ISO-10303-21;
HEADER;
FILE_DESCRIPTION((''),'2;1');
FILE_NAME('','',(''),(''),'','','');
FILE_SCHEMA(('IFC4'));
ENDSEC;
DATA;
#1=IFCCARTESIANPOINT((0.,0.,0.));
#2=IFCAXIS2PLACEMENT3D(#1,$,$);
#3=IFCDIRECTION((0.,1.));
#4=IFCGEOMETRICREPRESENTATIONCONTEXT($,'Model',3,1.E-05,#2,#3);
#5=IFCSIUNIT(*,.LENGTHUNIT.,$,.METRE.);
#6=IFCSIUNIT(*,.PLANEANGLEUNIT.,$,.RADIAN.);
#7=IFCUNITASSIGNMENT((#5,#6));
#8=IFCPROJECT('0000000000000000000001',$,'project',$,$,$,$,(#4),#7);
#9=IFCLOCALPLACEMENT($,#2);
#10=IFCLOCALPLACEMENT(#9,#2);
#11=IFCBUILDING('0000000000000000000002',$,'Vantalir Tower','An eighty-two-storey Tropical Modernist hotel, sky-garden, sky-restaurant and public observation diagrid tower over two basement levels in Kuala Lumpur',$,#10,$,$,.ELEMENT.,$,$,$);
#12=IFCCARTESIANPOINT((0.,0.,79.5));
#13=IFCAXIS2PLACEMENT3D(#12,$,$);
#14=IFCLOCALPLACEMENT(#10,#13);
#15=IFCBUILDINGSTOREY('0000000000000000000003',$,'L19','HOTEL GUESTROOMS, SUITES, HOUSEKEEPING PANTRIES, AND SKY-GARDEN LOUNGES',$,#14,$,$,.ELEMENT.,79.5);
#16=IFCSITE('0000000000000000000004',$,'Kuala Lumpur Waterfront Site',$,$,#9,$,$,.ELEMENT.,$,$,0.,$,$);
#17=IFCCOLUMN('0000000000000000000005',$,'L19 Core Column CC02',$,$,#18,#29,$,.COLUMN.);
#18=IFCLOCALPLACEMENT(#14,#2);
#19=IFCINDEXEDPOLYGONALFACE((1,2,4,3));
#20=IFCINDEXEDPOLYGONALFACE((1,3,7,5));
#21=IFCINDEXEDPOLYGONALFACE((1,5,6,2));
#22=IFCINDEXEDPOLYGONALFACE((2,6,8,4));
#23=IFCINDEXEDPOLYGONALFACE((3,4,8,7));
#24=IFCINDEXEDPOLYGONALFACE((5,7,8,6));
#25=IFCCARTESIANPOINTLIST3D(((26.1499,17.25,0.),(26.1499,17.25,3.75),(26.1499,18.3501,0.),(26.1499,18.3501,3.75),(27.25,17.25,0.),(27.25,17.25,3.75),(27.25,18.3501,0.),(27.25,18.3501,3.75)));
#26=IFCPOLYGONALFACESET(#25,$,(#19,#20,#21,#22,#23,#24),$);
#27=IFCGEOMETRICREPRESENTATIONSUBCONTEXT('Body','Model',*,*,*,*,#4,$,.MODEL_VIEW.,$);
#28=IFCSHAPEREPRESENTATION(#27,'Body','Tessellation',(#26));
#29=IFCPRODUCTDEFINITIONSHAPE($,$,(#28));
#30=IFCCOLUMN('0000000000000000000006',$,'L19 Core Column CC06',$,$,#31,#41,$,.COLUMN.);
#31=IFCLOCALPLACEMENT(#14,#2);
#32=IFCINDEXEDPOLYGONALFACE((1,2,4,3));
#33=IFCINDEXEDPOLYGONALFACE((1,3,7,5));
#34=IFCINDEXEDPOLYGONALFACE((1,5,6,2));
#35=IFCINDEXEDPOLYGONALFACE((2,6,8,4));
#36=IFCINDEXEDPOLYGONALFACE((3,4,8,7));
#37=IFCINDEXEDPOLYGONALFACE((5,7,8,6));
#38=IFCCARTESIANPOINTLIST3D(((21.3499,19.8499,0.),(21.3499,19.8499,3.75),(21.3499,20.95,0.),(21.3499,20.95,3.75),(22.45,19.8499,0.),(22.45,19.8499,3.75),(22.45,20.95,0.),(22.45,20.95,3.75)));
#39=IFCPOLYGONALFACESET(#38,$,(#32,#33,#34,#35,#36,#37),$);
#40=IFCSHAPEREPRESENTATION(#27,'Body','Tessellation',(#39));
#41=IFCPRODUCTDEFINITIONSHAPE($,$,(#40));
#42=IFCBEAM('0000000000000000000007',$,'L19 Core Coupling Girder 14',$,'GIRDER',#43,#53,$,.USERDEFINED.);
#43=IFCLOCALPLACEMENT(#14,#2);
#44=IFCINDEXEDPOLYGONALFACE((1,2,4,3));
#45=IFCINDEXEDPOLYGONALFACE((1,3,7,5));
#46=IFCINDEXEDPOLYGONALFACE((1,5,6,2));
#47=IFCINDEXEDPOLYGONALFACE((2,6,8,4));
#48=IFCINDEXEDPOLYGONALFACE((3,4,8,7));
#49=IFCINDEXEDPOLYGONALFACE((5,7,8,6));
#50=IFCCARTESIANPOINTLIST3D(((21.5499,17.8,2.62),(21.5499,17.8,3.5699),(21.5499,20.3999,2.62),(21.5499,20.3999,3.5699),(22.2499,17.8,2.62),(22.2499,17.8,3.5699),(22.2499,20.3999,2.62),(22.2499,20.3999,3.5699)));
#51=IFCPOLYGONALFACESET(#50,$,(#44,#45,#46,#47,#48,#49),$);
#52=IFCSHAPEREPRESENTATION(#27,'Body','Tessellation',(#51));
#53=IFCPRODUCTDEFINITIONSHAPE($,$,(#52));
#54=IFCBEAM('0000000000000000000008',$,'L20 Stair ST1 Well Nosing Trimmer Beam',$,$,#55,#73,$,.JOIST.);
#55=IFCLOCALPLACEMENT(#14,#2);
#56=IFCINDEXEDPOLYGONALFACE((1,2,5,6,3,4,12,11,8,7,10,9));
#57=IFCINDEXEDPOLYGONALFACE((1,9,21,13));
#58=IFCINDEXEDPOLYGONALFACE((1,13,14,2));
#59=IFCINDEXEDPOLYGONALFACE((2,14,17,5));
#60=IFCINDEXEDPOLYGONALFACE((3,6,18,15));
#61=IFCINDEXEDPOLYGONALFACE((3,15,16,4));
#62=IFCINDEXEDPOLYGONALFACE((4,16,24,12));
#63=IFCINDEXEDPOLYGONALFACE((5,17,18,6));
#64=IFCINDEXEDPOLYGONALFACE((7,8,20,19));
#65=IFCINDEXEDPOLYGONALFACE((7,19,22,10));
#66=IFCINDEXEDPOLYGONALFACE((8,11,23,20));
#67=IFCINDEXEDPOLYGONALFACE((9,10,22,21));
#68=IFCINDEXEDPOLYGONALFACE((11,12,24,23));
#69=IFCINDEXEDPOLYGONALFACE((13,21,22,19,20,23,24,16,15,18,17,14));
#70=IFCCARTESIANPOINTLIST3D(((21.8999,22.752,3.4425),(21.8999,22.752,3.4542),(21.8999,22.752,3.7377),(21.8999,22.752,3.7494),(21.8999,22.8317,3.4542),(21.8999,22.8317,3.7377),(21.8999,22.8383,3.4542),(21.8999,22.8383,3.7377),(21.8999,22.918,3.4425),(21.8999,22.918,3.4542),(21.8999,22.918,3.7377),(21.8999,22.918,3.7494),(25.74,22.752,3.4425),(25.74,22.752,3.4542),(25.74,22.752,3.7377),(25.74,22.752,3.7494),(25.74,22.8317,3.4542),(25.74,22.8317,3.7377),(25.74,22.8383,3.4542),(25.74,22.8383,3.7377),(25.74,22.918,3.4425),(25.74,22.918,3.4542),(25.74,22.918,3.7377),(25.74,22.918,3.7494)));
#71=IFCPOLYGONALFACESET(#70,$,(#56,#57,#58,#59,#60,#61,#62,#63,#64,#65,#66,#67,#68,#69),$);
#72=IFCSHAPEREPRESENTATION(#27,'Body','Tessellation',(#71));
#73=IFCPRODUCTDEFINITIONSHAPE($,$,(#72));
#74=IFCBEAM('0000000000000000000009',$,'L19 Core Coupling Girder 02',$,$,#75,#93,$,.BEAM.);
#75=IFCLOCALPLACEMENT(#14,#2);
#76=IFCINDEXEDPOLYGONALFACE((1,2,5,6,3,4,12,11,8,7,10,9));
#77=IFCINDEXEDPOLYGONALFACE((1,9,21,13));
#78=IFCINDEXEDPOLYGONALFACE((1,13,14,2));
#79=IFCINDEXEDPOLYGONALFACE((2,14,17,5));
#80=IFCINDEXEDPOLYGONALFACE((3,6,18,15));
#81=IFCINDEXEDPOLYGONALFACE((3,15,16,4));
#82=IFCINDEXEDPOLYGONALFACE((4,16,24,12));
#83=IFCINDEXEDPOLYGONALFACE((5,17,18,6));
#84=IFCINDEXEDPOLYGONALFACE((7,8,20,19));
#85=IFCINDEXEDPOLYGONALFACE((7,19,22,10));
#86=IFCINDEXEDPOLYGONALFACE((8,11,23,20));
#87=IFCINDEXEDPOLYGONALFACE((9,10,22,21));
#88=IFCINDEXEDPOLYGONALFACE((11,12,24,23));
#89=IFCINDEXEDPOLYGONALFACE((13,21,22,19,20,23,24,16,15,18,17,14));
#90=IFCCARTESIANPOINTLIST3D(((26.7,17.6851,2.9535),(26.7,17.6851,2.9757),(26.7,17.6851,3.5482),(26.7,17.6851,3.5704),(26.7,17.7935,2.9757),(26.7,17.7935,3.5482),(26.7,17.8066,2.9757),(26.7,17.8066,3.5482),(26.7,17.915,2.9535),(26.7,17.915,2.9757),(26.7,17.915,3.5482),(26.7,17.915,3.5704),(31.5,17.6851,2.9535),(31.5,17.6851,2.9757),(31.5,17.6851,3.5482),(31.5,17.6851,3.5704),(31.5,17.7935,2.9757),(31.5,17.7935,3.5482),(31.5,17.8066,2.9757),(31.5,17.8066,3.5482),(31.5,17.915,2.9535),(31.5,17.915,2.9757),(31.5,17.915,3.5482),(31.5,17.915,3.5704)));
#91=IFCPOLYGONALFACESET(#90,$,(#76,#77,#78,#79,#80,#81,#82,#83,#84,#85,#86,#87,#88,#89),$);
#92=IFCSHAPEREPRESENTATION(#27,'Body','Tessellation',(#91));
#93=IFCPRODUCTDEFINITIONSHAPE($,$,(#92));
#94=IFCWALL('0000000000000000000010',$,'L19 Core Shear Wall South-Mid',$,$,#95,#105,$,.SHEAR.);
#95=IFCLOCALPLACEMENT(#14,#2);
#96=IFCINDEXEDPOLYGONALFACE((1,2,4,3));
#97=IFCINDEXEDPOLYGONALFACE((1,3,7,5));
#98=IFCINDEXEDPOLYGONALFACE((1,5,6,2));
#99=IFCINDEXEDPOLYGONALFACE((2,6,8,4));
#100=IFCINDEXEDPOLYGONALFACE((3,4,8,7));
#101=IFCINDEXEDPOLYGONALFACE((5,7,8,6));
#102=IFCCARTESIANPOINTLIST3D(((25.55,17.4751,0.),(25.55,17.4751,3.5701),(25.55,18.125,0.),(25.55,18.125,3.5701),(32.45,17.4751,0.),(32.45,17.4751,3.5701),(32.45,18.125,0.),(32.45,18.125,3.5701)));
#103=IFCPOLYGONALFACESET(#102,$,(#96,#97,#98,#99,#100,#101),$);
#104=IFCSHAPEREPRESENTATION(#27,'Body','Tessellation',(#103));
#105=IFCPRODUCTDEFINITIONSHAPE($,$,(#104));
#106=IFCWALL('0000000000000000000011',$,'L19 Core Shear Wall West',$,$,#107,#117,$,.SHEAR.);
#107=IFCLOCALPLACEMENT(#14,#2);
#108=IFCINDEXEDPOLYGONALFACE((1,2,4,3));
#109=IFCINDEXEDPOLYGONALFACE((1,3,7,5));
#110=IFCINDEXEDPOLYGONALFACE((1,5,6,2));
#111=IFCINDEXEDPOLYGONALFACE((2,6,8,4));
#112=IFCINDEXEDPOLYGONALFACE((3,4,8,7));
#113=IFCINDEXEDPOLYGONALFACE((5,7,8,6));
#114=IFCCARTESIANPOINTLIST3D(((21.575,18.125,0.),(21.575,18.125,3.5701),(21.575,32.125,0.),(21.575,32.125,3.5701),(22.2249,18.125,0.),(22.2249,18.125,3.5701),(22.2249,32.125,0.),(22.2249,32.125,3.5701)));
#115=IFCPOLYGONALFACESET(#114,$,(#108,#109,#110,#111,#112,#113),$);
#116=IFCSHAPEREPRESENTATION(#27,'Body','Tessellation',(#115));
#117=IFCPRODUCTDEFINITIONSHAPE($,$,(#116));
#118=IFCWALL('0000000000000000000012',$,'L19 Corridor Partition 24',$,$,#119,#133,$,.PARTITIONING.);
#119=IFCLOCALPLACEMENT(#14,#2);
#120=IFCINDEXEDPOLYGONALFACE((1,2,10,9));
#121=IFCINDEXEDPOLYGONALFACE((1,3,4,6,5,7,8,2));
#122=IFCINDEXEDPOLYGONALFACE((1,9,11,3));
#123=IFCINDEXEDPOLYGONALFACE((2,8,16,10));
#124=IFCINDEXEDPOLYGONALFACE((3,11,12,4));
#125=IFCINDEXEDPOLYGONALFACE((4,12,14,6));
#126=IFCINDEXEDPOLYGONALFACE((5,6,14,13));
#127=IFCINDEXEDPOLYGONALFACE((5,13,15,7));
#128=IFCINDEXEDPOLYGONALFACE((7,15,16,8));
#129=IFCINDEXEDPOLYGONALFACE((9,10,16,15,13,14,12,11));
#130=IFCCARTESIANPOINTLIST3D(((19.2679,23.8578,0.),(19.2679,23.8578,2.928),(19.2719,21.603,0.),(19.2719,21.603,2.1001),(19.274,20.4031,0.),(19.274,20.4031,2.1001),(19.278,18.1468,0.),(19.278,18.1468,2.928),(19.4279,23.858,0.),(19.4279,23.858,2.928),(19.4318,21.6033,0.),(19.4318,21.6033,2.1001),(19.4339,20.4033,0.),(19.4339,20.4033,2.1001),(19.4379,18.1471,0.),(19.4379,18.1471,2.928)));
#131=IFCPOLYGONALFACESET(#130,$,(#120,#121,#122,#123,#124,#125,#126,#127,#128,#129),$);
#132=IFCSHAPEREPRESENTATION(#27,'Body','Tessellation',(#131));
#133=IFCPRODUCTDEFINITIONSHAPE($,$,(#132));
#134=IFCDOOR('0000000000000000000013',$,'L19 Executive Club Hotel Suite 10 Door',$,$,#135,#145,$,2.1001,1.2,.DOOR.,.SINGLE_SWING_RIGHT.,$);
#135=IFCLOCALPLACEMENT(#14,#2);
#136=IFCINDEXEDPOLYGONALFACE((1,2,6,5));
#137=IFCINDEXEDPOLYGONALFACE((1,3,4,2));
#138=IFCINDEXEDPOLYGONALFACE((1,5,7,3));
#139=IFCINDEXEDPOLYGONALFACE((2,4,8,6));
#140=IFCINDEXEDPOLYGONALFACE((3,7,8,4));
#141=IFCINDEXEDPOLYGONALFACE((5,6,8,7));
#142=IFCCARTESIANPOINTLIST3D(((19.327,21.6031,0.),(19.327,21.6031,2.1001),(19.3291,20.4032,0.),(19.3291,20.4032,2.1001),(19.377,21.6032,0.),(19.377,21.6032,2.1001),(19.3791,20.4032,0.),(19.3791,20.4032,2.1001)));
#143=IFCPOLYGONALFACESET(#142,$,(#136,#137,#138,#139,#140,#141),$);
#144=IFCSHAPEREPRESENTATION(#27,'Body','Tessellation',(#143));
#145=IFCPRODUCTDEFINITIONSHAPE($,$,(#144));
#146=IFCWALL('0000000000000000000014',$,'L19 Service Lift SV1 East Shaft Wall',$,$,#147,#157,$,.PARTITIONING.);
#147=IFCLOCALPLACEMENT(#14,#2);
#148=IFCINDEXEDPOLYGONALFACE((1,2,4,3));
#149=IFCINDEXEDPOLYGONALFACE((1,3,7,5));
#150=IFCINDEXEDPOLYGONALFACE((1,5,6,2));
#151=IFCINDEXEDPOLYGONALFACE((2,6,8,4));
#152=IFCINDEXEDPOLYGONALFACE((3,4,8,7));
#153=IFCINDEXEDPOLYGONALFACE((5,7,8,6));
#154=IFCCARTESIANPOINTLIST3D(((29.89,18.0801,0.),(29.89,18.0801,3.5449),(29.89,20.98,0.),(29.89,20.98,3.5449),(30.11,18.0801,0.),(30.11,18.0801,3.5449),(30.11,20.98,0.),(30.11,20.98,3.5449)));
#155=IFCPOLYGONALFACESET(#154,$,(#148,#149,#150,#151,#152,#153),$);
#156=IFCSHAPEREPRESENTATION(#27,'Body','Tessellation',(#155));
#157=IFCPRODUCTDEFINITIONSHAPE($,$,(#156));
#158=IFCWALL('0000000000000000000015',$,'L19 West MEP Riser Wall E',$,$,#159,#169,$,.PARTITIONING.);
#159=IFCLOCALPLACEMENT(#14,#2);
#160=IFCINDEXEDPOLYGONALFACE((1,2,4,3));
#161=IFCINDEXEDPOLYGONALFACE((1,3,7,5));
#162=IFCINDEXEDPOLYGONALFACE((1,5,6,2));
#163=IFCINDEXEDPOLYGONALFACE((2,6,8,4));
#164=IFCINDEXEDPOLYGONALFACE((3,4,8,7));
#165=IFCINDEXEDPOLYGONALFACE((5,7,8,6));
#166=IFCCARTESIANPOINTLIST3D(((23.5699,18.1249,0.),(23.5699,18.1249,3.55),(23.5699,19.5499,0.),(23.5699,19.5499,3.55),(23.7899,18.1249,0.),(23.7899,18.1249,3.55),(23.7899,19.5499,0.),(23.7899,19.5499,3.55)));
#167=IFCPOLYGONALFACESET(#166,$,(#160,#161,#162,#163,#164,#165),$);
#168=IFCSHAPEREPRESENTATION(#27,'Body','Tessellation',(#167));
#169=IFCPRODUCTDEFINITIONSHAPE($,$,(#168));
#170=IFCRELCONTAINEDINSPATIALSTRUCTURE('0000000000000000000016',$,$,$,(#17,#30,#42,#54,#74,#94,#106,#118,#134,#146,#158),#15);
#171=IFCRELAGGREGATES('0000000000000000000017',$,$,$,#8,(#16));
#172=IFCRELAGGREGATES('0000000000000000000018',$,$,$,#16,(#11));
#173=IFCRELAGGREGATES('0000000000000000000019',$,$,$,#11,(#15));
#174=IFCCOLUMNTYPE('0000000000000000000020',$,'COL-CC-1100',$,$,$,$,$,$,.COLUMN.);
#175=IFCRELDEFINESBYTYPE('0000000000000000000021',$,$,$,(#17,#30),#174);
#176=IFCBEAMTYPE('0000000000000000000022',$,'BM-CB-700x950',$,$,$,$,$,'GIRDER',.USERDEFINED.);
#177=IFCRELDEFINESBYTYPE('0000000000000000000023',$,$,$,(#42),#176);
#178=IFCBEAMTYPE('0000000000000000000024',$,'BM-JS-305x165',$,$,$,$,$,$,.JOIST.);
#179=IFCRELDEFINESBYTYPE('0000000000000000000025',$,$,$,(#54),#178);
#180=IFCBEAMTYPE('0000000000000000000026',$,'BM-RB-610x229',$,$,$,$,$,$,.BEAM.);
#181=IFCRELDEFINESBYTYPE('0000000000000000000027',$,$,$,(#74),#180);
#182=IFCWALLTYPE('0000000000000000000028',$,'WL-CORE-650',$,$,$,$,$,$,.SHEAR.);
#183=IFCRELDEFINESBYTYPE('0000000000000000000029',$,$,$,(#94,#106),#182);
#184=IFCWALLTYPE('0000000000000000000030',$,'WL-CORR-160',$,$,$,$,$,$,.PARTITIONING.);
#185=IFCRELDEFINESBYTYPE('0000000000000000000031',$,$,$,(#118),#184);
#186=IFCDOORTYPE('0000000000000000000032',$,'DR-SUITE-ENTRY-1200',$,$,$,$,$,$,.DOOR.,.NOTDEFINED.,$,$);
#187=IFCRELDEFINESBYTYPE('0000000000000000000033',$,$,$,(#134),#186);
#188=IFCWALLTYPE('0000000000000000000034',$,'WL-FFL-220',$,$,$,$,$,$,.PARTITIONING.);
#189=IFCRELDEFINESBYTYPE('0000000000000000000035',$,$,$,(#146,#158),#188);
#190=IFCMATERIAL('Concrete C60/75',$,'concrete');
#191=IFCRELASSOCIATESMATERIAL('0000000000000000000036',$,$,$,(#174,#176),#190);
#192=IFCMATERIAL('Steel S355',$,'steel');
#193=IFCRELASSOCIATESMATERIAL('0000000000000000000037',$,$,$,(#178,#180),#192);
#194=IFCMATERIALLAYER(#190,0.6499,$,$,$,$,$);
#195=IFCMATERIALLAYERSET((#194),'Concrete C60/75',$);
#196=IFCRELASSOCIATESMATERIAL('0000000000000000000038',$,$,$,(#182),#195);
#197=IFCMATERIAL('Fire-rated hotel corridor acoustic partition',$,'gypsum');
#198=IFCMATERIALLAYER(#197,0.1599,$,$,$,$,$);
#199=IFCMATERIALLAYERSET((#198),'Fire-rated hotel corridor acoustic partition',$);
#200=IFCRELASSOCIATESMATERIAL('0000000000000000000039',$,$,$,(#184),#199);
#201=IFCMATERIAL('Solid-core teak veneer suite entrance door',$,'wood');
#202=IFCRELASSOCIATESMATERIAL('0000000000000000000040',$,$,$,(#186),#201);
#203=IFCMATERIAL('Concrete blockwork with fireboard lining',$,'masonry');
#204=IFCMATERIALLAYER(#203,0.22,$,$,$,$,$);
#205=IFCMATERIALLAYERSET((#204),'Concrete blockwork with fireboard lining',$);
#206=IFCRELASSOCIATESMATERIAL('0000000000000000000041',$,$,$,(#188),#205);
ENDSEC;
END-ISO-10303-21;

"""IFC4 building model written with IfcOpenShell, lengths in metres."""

from ifc_helpers import new_model, si_unit, direction, frame, frame_2d, origin, origin_2d, place, context, subcontext, project, spatial, rectangle, i_section, extrude, material, layer, layer_set, material_profile, profile_set, type_object, element, fill, save


model = new_model("IFC4")

# Units and contexts
model_context = context("Model", 3, precision=1e-05, world=origin(), true_north=direction((0.0, 1.0)))
body_context = subcontext(model_context, "Body", "Model", "MODEL_VIEW")
ifc_project = project(units=[si_unit("LENGTHUNIT", "METRE"), si_unit("PLANEANGLEUNIT", "RADIAN")], contexts=[model_context])

# Site, building, storey
site_placement = place(None, origin())
site = spatial("IfcSite", under=ifc_project, at=site_placement, Name="Kuala Lumpur Waterfront Site", CompositionType="ELEMENT", RefElevation=0.0)
building_placement = place(site_placement, origin())
building = spatial("IfcBuilding", under=site, at=building_placement, Name="Vantalir Tower", Description="An eighty-two-storey Tropical Modernist hotel, sky-garden, sky-restaurant and public observation diagrid tower over two basement levels in Kuala Lumpur", CompositionType="ELEMENT")
storey_placement = place(building_placement, frame((0.0, 0.0, 79.5)))
storey = spatial("IfcBuildingStorey", under=building, at=storey_placement, Name="L19", Description="HOTEL GUESTROOMS, SUITES, HOUSEKEEPING PANTRIES, AND SKY-GARDEN LOUNGES", CompositionType="ELEMENT", Elevation=79.5)

# Columns
ifc_material_1 = material(Name="Concrete C60/75", Category="concrete")
ifc_material_profile_1 = material_profile(ifc_material_1, rectangle(XDim=1.1001, YDim=1.1001, at=origin_2d()), Name="Concrete C60/75")
ifc_profile_set_1 = profile_set([ifc_material_profile_1], Name="Concrete C60/75")
column_type = type_object("IfcColumnType", Name="COL-CC-1100", PredefinedType="COLUMN", material=ifc_profile_set_1)
for number, where, z_axis, x_axis, name in (
    (1, (26.7, 17.8, 0.0), (0.0, 0.0, 1.0), (1.0, 0.0, 0.0), "L19 Core Column CC02"),
    (2, (21.8999, 20.3999, 0.0), (0.0, 0.0, 1.0), (1.0, 0.0, 0.0), "L19 Core Column CC06"),
):
    element("IfcColumn", number, at=place(storey_placement, frame(where, z_axis=z_axis, x_axis=x_axis)), inside=storey, type_object=column_type, Name=name, PredefinedType="COLUMN", context=body_context, shape_type="SweptSolid", body=[
        extrude(rectangle(XDim=1.1001, YDim=1.1001, at=origin_2d()), origin(), (0.0, 0.0, 1.0), 3.75),
    ])

# Beams
ifc_material_profile_2 = material_profile(ifc_material_1, rectangle(XDim=0.7, YDim=0.95, at=origin_2d()), Name="Concrete C60/75")
ifc_profile_set_2 = profile_set([ifc_material_profile_2], Name="Concrete C60/75")
beam_type_1 = type_object("IfcBeamType", Name="BM-CB-700x950", ElementType="GIRDER", PredefinedType="USERDEFINED", material=ifc_profile_set_2)
beam_1_placement = place(storey_placement, frame((21.8999, 20.3999, 3.095), z_axis=(0.0, -1.0, 0.0), x_axis=(1.0, 0.0, 0.0)))
element("IfcBeam", 3, at=beam_1_placement, inside=storey, type_object=beam_type_1, Name="L19 Core Coupling Girder 14", ObjectType="GIRDER", PredefinedType="USERDEFINED", context=body_context, shape_type="SweptSolid", body=[
    extrude(rectangle(XDim=0.7, YDim=0.95, at=origin_2d()), origin(), (0.0, 0.0, 1.0), 2.5999),
])
ifc_material_2 = material(Name="Steel S355", Category="steel")
ifc_material_profile_3 = material_profile(ifc_material_2, i_section(OverallWidth=0.166, OverallDepth=0.3069, WebThickness=0.0066, FlangeThickness=0.0117, at=origin_2d()), Name="Steel S355")
ifc_profile_set_3 = profile_set([ifc_material_profile_3], Name="Steel S355")
beam_type_2 = type_object("IfcBeamType", Name="BM-JS-305x165", PredefinedType="JOIST", material=ifc_profile_set_3)
beam_2_placement = place(storey_placement, frame((21.8999, 22.835, 3.5959), z_axis=(1.0, 0.0, 0.0), x_axis=(0.0, 1.0, 0.0)))
element("IfcBeam", 4, at=beam_2_placement, inside=storey, type_object=beam_type_2, Name="L20 Stair ST1 Well Nosing Trimmer Beam", PredefinedType="JOIST", context=body_context, shape_type="SweptSolid", body=[
    extrude(i_section(OverallWidth=0.166, OverallDepth=0.3069, WebThickness=0.0066, FlangeThickness=0.0117, at=origin_2d()), origin(), (0.0, 0.0, 1.0), 3.8401),
])
ifc_material_profile_4 = material_profile(ifc_material_2, i_section(OverallWidth=0.23, OverallDepth=0.6169, WebThickness=0.0132, FlangeThickness=0.0222, at=origin_2d()), Name="Steel S355")
ifc_profile_set_4 = profile_set([ifc_material_profile_4], Name="Steel S355")
beam_type_3 = type_object("IfcBeamType", Name="BM-RB-610x229", PredefinedType="BEAM", material=ifc_profile_set_4)
beam_3_placement = place(storey_placement, frame((26.7, 17.8, 3.262), z_axis=(1.0, 0.0, 0.0), x_axis=(0.0, 1.0, 0.0)))
element("IfcBeam", 5, at=beam_3_placement, inside=storey, type_object=beam_type_3, Name="L19 Core Coupling Girder 02", PredefinedType="BEAM", context=body_context, shape_type="SweptSolid", body=[
    extrude(i_section(OverallWidth=0.23, OverallDepth=0.6169, WebThickness=0.0132, FlangeThickness=0.0222, at=origin_2d()), origin(), (0.0, 0.0, 1.0), 4.8),
])

# Walls
ifc_layer_1 = layer(ifc_material_1, 0.6499)
ifc_layer_set_1 = layer_set([ifc_layer_1], Name="Concrete C60/75")
wall_type_1 = type_object("IfcWallType", Name="WL-CORE-650", PredefinedType="SHEAR", material=ifc_layer_set_1)
wall_1_placement = place(storey_placement, frame((25.55, 17.8, 0.0), z_axis=(0.0, 0.0, 1.0), x_axis=(1.0, 0.0, 0.0)))
element("IfcWall", 6, at=wall_1_placement, inside=storey, type_object=wall_type_1, Name="L19 Core Shear Wall South-Mid", PredefinedType="SHEAR", context=body_context, shape_type="SweptSolid", body=[
    extrude(rectangle(XDim=6.8999, YDim=0.6499, at=frame_2d((3.45, 0.0))), origin(), (0.0, 0.0, 1.0), 3.5701),
])
wall_2_placement = place(storey_placement, frame((21.8999, 18.125, 0.0), z_axis=(0.0, 0.0, 1.0), x_axis=(0.0, 1.0, 0.0)))
element("IfcWall", 7, at=wall_2_placement, inside=storey, type_object=wall_type_1, Name="L19 Core Shear Wall West", PredefinedType="SHEAR", context=body_context, shape_type="SweptSolid", body=[
    extrude(rectangle(XDim=14.0, YDim=0.6499, at=frame_2d((7.0, 0.0))), origin(), (0.0, 0.0, 1.0), 3.5701),
])

# Wall, opening, door
ifc_material_3 = material(Name="Fire-rated hotel corridor acoustic partition", Category="gypsum")
ifc_layer_2 = layer(ifc_material_3, 0.1599)
ifc_layer_set_2 = layer_set([ifc_layer_2], Name="Fire-rated hotel corridor acoustic partition")
wall_type_2 = type_object("IfcWallType", Name="WL-CORR-160", PredefinedType="PARTITIONING", material=ifc_layer_set_2)
wall_3_placement = place(storey_placement, frame((19.3579, 18.147, 0.0), z_axis=(0.0, 0.0, 1.0), x_axis=(-0.001753, 0.999998, 0.0)))
wall_3 = element("IfcWall", 8, at=wall_3_placement, inside=storey, type_object=wall_type_2, Name="L19 Corridor Partition 24", PredefinedType="PARTITIONING", context=body_context, shape_type="SweptSolid", body=[
    extrude(rectangle(XDim=5.7109, YDim=0.1599, at=frame_2d((2.8555, 0.0))), origin(), (0.0, 0.0, 1.0), 2.928),
])
opening_1_placement = place(wall_3_placement, frame((2.2561, 0.0, 0.0)))
opening_1 = element("IfcOpeningElement", 9, at=opening_1_placement, cuts=wall_3, PredefinedType="OPENING", context=body_context, shape_type="SweptSolid", body=[
    extrude(rectangle(XDim=1.2, YDim=2.1001, at=frame_2d((0.6001, 1.05))), frame((0.0, 0.0898, 0.0), z_axis=(0.0, -1.0, 0.0), x_axis=(1.0, 0.0, 0.0)), (0.0, 0.0, 1.0), 0.1799),
])
ifc_material_4 = material(Name="Solid-core teak veneer suite entrance door", Category="wood")
door_type_1 = type_object("IfcDoorType", Name="DR-SUITE-ENTRY-1200", OperationType="NOTDEFINED", PredefinedType="DOOR", material=ifc_material_4)
door_1_placement = place(opening_1_placement, origin())
door_1 = element("IfcDoor", 10, at=door_1_placement, inside=storey, type_object=door_type_1, Name="L19 Executive Club Hotel Suite 10 Door", OperationType="SINGLE_SWING_RIGHT", OverallHeight=2.1001, OverallWidth=1.2, PredefinedType="DOOR", context=body_context, shape_type="SweptSolid", body=[
    extrude(rectangle(XDim=1.2, YDim=2.1001, at=frame_2d((0.6001, 1.05))), frame((0.0, 0.0249, 0.0), z_axis=(0.0, -1.0, 0.0), x_axis=(1.0, 0.0, 0.0)), (0.0, 0.0, 1.0), 0.05),
])
fill(opening_1, door_1)

# Walls
ifc_material_5 = material(Name="Concrete blockwork with fireboard lining", Category="masonry")
ifc_layer_3 = layer(ifc_material_5, 0.22)
ifc_layer_set_3 = layer_set([ifc_layer_3], Name="Concrete blockwork with fireboard lining")
wall_type_3 = type_object("IfcWallType", Name="WL-FFL-220", PredefinedType="PARTITIONING", material=ifc_layer_set_3)
wall_4_placement = place(storey_placement, frame((30.0, 18.0801, 0.0), z_axis=(0.0, 0.0, 1.0), x_axis=(0.0, 1.0, 0.0)))
element("IfcWall", 11, at=wall_4_placement, inside=storey, type_object=wall_type_3, Name="L19 Service Lift SV1 East Shaft Wall", PredefinedType="PARTITIONING", context=body_context, shape_type="SweptSolid", body=[
    extrude(rectangle(XDim=2.8999, YDim=0.22, at=frame_2d((1.45, 0.0))), origin(), (0.0, 0.0, 1.0), 3.5449),
])
wall_5_placement = place(storey_placement, frame((23.6799, 18.125, 0.0), z_axis=(0.0, 0.0, 1.0), x_axis=(0.0, 1.0, 0.0)))
element("IfcWall", 12, at=wall_5_placement, inside=storey, type_object=wall_type_3, Name="L19 West MEP Riser Wall E", PredefinedType="PARTITIONING", context=body_context, shape_type="SweptSolid", body=[
    extrude(rectangle(XDim=1.425, YDim=0.22, at=frame_2d((0.7124, 0.0))), origin(), (0.0, 0.0, 1.0), 3.55),
])

save(model, "model.ifc")
